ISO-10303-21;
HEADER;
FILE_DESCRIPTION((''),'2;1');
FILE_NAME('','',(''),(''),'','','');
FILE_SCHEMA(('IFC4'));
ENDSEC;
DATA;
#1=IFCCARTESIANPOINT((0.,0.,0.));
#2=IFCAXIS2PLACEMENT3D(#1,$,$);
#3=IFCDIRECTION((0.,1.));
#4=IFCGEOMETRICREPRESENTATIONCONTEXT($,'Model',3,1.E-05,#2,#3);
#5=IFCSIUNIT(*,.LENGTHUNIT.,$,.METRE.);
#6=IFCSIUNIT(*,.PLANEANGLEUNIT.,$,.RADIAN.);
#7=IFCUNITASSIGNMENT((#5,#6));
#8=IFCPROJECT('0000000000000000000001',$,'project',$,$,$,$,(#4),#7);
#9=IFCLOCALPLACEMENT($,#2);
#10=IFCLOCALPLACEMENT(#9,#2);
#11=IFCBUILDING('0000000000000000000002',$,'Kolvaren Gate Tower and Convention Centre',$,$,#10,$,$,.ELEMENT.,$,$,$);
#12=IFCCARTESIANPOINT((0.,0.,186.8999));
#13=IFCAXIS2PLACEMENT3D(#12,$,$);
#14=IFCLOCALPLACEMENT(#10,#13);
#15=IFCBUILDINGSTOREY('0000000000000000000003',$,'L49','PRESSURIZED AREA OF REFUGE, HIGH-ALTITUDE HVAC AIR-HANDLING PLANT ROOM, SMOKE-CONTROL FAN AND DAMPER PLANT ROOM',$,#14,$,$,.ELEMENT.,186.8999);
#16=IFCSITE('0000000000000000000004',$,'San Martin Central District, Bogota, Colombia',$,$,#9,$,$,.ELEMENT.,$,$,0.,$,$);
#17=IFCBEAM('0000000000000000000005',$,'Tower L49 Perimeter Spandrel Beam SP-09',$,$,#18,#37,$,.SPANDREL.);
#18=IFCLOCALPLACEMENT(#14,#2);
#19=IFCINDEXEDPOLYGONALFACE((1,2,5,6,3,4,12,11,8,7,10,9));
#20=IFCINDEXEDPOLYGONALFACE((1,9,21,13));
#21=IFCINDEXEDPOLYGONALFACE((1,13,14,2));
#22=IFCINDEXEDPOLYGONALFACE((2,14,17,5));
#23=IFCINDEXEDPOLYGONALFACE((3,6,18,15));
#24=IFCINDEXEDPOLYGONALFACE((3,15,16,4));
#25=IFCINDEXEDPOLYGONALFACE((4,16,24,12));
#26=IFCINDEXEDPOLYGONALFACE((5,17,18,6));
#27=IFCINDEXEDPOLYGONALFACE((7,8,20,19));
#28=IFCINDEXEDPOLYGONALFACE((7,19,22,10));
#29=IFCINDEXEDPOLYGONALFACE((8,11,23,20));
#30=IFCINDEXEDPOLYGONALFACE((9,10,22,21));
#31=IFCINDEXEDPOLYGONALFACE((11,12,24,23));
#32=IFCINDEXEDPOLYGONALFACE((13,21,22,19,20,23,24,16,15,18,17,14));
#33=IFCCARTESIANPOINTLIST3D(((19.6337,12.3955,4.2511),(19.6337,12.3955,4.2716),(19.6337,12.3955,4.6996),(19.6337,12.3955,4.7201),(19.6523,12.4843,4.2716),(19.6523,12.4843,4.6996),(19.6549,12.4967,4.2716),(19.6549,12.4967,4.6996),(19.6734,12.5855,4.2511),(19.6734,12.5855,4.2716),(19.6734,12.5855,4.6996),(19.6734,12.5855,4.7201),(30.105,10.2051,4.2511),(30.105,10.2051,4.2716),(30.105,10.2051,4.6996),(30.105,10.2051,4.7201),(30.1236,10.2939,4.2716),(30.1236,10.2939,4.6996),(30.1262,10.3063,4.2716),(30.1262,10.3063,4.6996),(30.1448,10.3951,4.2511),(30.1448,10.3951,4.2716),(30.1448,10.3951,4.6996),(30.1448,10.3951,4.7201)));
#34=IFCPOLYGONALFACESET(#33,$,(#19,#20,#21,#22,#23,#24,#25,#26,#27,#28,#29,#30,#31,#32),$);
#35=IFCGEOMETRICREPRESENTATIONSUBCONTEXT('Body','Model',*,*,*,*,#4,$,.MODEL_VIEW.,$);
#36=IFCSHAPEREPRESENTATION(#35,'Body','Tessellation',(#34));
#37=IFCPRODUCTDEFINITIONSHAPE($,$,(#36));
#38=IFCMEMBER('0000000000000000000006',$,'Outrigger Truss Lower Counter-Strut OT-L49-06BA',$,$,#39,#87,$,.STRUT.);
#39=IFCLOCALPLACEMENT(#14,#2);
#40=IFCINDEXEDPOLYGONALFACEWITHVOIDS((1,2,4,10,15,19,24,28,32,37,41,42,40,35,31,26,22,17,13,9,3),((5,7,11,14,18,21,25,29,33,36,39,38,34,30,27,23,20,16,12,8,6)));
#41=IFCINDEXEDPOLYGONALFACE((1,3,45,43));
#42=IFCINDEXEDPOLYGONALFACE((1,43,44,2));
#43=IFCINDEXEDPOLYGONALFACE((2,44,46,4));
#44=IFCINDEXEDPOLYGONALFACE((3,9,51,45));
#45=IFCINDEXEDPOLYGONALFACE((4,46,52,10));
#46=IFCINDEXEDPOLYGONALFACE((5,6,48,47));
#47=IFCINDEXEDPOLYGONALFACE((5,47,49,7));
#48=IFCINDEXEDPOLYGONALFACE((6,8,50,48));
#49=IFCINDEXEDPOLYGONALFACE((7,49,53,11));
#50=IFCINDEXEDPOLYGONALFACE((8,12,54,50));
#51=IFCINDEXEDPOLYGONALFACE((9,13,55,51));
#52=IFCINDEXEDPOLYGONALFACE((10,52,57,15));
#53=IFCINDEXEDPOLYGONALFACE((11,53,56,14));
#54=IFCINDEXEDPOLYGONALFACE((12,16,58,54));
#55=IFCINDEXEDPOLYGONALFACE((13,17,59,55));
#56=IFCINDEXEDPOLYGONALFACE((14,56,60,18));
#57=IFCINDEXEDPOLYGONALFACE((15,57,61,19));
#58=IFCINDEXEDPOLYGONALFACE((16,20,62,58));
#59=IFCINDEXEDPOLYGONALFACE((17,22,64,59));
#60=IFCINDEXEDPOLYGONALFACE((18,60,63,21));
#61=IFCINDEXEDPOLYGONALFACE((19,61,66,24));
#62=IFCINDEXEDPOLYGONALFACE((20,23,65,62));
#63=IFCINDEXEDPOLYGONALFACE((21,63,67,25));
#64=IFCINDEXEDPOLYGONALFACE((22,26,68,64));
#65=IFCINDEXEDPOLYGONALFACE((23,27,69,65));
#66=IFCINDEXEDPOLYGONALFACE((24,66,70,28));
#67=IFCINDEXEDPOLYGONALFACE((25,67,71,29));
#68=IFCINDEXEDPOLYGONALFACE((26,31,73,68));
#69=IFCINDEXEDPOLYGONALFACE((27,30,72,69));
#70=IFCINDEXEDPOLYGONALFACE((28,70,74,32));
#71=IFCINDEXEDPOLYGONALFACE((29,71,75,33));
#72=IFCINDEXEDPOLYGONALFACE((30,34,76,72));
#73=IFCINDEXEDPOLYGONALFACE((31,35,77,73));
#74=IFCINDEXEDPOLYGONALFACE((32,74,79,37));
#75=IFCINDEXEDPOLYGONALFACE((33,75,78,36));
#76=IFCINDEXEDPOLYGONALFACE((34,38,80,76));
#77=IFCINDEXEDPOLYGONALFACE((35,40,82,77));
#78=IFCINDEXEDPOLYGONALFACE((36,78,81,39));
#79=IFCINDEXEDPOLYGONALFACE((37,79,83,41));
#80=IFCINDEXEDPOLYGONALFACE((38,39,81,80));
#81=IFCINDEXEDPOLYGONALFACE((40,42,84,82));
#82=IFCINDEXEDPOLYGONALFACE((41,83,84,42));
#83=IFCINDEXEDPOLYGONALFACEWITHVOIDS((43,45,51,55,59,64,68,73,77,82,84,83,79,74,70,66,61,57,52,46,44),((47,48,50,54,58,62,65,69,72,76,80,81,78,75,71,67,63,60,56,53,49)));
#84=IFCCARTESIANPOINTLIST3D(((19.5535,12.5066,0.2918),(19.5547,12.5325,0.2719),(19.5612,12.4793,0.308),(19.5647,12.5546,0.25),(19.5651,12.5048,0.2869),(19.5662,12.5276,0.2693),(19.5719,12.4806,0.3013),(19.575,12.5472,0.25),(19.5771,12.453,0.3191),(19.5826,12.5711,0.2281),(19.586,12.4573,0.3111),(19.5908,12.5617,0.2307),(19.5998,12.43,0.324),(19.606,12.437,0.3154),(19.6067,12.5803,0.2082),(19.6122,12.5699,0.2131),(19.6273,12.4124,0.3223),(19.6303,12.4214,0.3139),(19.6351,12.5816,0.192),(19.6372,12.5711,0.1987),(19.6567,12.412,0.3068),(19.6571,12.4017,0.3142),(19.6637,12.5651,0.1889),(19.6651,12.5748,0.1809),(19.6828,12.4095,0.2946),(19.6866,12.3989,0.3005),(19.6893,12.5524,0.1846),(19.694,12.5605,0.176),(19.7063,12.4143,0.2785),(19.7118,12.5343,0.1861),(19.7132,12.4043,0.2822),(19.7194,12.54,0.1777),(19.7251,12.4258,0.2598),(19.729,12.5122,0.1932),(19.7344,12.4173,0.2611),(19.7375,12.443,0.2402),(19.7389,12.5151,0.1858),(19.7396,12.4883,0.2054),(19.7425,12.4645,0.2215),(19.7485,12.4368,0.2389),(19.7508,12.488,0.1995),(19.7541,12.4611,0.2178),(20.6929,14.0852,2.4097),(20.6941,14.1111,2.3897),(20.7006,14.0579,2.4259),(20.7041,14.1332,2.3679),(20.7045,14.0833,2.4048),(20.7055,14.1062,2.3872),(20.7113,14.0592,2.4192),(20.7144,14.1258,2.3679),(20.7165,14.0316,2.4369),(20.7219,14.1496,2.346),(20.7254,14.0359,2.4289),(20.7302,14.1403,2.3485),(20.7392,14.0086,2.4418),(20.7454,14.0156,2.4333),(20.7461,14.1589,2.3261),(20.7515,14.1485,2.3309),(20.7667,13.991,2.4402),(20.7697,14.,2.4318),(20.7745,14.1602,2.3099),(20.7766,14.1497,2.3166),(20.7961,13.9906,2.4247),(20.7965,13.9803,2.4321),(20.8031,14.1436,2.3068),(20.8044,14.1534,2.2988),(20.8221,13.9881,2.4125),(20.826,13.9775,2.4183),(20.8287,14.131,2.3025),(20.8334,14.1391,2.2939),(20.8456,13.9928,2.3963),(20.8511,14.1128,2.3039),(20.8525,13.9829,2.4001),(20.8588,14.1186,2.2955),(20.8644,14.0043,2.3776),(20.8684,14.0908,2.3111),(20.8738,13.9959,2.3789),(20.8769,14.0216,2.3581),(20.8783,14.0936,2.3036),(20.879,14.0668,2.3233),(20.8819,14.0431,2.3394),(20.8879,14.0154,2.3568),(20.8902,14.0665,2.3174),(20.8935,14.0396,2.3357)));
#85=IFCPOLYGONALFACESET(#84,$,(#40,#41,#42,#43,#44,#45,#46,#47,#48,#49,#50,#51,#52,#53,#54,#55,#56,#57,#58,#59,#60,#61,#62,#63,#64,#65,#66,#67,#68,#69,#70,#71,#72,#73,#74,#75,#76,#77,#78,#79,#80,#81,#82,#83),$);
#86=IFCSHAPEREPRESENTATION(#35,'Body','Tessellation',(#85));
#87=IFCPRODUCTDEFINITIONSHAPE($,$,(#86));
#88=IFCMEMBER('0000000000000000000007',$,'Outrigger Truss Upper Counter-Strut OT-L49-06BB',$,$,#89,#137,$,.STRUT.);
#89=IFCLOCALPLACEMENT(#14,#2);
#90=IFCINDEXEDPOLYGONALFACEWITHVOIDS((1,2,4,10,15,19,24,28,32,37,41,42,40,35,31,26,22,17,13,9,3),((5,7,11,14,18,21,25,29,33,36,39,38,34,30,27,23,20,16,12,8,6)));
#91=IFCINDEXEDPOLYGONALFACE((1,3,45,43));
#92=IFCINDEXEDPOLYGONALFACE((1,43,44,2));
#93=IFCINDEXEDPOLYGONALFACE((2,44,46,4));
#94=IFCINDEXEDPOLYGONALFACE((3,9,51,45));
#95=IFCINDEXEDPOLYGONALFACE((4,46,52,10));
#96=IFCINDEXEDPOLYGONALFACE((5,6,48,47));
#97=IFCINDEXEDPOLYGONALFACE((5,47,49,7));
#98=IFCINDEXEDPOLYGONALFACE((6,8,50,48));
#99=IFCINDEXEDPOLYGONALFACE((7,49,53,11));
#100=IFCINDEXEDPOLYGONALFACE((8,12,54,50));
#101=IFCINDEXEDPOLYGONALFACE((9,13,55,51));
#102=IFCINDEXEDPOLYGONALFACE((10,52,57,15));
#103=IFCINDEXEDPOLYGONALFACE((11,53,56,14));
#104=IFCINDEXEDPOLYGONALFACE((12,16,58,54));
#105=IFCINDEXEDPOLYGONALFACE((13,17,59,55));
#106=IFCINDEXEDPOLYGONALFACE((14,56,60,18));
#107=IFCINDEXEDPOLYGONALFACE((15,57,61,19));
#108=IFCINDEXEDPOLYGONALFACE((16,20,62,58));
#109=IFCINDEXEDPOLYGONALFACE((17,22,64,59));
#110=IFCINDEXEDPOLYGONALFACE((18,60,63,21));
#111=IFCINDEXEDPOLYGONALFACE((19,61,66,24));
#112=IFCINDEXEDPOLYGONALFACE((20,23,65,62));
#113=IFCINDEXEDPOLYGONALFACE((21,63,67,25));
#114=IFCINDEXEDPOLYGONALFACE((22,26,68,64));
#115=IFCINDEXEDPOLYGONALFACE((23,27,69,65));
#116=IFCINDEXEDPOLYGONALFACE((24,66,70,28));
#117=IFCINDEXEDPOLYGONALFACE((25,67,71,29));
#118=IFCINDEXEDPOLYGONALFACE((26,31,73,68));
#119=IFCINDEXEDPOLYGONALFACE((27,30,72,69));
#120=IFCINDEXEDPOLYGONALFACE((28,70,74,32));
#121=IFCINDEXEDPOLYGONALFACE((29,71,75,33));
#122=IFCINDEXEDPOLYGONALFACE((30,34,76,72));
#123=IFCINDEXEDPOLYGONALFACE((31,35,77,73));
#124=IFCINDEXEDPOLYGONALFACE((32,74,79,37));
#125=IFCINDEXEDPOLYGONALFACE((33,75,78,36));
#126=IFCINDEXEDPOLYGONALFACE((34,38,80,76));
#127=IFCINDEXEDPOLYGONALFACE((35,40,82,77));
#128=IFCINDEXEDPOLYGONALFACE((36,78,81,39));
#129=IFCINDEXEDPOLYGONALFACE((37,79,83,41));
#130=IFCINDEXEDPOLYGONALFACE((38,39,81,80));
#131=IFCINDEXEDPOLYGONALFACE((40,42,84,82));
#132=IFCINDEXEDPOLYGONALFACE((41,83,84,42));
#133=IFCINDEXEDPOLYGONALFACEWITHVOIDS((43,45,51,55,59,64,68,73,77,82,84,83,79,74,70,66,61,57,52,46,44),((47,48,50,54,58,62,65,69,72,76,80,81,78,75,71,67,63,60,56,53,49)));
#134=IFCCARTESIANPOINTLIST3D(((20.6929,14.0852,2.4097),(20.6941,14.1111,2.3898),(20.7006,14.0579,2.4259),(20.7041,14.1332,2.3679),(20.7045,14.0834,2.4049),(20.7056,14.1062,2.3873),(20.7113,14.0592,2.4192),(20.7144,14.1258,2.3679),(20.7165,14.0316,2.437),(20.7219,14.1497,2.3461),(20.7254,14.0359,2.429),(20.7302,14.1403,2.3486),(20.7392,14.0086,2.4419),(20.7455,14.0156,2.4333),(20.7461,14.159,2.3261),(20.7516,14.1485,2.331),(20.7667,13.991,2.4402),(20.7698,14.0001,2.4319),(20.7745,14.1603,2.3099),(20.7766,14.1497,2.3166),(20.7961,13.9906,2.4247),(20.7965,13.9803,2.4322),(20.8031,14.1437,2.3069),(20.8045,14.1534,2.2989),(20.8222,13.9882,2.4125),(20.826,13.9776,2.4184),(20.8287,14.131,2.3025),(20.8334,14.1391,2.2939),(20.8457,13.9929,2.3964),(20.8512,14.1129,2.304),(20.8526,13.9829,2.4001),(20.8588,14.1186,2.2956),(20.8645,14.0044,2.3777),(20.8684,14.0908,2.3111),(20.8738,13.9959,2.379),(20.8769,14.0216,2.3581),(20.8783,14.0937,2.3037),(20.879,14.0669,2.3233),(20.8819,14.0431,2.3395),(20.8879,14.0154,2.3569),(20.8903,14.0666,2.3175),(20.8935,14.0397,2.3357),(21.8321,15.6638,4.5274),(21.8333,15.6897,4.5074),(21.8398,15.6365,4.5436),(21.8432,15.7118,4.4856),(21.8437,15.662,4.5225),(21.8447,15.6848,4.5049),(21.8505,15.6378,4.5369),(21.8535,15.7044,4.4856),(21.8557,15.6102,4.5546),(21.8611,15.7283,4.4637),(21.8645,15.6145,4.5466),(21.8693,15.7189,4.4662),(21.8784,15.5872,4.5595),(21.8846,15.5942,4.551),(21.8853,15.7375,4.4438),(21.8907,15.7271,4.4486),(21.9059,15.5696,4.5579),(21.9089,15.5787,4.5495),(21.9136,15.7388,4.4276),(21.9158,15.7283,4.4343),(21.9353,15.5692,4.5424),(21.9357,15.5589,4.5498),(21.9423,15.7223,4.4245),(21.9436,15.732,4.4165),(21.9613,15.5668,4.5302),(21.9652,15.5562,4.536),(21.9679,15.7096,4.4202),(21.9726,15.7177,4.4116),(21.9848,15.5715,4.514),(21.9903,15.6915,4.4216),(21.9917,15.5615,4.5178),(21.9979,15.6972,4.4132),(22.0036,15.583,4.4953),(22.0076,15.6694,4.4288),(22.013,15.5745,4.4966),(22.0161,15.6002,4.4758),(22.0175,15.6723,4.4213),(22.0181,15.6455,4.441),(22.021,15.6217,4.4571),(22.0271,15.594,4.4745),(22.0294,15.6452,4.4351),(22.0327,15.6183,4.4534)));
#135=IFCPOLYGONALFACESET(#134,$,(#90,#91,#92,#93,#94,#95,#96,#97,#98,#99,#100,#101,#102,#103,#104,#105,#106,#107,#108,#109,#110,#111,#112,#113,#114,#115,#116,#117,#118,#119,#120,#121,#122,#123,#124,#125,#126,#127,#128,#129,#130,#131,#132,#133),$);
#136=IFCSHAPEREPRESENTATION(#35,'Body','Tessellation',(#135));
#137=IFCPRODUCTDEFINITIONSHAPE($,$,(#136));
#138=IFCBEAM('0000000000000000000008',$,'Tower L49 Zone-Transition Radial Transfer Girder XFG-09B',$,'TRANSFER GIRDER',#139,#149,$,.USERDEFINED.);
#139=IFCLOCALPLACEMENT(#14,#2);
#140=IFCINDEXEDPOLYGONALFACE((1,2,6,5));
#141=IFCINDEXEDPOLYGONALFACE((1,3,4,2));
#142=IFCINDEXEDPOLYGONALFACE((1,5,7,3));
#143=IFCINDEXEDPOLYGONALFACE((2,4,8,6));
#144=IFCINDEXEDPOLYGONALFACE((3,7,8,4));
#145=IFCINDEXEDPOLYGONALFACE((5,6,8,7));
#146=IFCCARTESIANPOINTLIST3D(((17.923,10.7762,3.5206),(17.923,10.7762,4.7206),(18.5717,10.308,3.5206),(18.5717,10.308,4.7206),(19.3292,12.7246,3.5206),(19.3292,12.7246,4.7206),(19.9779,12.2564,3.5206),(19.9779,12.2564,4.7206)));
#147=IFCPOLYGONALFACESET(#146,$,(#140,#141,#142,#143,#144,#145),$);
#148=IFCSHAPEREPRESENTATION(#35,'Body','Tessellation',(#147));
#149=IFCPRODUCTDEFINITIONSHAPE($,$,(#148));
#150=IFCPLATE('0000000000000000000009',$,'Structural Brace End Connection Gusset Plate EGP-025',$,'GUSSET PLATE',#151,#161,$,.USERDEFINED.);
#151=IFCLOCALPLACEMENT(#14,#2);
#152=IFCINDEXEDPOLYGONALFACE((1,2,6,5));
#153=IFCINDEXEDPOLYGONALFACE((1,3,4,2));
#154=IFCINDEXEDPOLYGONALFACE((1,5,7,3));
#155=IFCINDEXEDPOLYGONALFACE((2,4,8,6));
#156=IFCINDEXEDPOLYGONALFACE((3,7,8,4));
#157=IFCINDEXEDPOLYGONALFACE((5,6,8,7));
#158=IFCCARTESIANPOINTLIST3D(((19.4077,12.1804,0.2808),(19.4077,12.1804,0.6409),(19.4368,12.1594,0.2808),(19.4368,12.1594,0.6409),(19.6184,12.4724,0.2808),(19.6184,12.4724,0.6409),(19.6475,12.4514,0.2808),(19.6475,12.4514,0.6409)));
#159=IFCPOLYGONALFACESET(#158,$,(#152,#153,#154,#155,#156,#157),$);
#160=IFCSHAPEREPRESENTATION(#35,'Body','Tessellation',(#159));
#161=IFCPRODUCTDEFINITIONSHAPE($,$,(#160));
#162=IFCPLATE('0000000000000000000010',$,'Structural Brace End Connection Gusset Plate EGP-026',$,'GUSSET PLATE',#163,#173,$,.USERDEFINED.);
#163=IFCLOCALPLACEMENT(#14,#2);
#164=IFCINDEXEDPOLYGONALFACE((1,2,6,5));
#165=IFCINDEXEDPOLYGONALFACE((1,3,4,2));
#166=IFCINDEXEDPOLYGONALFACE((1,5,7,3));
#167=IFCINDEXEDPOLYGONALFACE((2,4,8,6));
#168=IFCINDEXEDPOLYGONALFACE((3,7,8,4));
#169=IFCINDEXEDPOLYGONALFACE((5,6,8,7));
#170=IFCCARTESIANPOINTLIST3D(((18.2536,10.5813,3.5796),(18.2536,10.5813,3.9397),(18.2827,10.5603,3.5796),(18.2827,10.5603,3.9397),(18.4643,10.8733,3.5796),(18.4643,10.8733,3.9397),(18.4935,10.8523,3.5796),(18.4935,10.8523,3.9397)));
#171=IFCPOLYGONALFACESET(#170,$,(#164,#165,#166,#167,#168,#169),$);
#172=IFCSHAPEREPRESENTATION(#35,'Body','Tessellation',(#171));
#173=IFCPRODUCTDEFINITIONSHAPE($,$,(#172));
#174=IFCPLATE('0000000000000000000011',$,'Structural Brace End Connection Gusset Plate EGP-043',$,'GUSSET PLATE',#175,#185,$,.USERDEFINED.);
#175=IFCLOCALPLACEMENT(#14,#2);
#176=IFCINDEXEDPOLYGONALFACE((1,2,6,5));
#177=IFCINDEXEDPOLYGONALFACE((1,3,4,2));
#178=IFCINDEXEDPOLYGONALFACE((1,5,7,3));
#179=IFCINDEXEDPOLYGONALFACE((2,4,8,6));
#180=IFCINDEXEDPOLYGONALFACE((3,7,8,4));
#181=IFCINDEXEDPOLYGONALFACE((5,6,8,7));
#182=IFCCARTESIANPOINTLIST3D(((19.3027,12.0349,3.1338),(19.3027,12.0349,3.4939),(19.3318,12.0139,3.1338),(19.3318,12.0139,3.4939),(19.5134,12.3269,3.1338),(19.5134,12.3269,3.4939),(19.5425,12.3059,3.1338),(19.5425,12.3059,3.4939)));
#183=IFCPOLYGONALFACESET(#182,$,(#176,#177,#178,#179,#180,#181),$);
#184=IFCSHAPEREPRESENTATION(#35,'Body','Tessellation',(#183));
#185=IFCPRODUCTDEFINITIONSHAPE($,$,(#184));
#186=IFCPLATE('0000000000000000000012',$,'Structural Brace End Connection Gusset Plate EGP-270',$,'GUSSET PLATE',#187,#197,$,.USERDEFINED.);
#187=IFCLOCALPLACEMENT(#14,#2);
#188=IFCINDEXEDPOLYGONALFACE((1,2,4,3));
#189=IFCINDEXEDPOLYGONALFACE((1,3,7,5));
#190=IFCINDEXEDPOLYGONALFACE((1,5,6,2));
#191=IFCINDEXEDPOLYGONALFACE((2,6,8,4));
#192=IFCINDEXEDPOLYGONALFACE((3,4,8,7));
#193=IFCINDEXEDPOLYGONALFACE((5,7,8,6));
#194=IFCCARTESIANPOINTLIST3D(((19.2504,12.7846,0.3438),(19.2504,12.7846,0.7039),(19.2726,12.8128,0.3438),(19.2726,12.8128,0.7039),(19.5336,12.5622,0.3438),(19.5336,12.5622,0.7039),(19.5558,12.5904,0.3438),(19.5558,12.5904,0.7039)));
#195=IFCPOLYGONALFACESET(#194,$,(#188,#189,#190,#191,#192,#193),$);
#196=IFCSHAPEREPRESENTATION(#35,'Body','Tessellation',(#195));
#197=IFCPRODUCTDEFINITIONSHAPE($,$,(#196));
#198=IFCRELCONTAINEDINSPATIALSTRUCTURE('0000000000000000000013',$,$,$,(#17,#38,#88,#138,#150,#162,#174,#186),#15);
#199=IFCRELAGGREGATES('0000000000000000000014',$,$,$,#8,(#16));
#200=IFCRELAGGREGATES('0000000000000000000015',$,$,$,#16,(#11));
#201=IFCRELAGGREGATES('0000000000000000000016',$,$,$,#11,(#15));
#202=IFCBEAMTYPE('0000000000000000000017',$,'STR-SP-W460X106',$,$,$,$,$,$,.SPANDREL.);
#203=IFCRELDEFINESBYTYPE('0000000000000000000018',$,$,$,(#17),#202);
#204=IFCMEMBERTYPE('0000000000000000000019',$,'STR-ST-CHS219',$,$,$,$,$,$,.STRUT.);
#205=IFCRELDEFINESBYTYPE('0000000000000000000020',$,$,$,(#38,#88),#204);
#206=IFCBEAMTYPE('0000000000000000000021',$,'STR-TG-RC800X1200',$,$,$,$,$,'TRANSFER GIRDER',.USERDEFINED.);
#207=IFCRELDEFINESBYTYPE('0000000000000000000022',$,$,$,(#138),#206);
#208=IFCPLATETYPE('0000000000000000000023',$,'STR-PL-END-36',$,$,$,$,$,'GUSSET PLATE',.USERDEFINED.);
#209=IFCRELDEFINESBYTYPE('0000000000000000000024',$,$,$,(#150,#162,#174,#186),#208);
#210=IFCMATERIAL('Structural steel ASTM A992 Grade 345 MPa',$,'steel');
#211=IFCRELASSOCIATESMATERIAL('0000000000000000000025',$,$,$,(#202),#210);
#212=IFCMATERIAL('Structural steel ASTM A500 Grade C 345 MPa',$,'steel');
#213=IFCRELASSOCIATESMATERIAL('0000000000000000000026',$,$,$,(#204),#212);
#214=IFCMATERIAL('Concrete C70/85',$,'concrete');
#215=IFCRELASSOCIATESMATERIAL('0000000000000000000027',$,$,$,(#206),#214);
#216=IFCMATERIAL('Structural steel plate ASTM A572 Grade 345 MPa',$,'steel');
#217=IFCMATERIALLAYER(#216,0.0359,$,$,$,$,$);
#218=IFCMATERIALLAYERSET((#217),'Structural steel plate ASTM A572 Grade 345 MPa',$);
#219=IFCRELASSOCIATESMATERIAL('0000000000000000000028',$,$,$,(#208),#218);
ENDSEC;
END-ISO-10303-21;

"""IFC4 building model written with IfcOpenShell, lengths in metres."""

from ifc_helpers import new_model, si_unit, direction, frame, origin, origin_2d, place, context, subcontext, project, spatial, rectangle, hollow_circle, i_section, extrude, material, layer, layer_set, material_profile, profile_set, type_object, element, save


model = new_model("IFC4")

# Units and contexts
model_context = context("Model", 3, precision=1e-05, world=origin(), true_north=direction((0.0, 1.0)))
body_context = subcontext(model_context, "Body", "Model", "MODEL_VIEW")
ifc_project = project(units=[si_unit("LENGTHUNIT", "METRE"), si_unit("PLANEANGLEUNIT", "RADIAN")], contexts=[model_context])

# Site, building, storey
site_placement = place(None, origin())
site = spatial("IfcSite", under=ifc_project, at=site_placement, Name="San Martin Central District, Bogota, Colombia", CompositionType="ELEMENT", RefElevation=0.0)
building_placement = place(site_placement, origin())
building = spatial("IfcBuilding", under=site, at=building_placement, Name="Kolvaren Gate Tower and Convention Centre", CompositionType="ELEMENT")
storey_placement = place(building_placement, frame((0.0, 0.0, 186.8999)))
storey = spatial("IfcBuildingStorey", under=building, at=storey_placement, Name="L49", Description="PRESSURIZED AREA OF REFUGE, HIGH-ALTITUDE HVAC AIR-HANDLING PLANT ROOM, SMOKE-CONTROL FAN AND DAMPER PLANT ROOM", CompositionType="ELEMENT", Elevation=186.8999)

# Shared definitions
ifc_material_1 = material(Name="Structural steel ASTM A992 Grade 345 MPa", Category="steel")

# Shared definitions
ifc_material_2 = material(Name="Structural steel ASTM A500 Grade C 345 MPa", Category="steel")

# Beam
ifc_material_profile_1 = material_profile(ifc_material_1, i_section(OverallWidth=0.1941, OverallDepth=0.469, WebThickness=0.0127, FlangeThickness=0.0205, at=origin_2d()), Name="W460X106")
ifc_profile_set_1 = profile_set([ifc_material_profile_1], Name="Structural steel ASTM A992 Grade 345 MPa")
beam_type_1 = type_object("IfcBeamType", Name="STR-SP-W460X106", PredefinedType="SPANDREL", material=ifc_profile_set_1)
beam_1_placement = place(storey_placement, frame((19.6536, 12.4905, 4.4856), z_axis=(0.978814, -0.20475, 0.0), x_axis=(0.20475, 0.978814, 0.0)))
element("IfcBeam", 1, at=beam_1_placement, inside=storey, type_object=beam_type_1, Name="Tower L49 Perimeter Spandrel Beam SP-09", PredefinedType="SPANDREL", context=body_context, shape_type="SweptSolid", body=[
    extrude(i_section(OverallWidth=0.1941, OverallDepth=0.469, WebThickness=0.0127, FlangeThickness=0.0205, at=origin_2d()), origin(), (0.0, 0.0, 1.0), 10.698),
])

# Members
ifc_material_profile_2 = material_profile(ifc_material_2, hollow_circle(Radius=0.1096, WallThickness=0.0127, at=origin_2d()), Name="CHS219X12.7")
ifc_profile_set_2 = profile_set([ifc_material_profile_2], Name="Structural steel ASTM A500 Grade C 345 MPa")
member_type_1 = type_object("IfcMemberType", Name="STR-ST-CHS219", PredefinedType="STRUT", material=ifc_profile_set_2)
member_1_placement = place(storey_placement, frame((19.6536, 12.4905, 0.25), z_axis=(0.39607, 0.548744, 0.736213), x_axis=(-0.810851, 0.585252, 0.0)))
element("IfcMember", 2, at=member_1_placement, inside=storey, type_object=member_type_1, Name="Outrigger Truss Lower Counter-Strut OT-L49-06BA", PredefinedType="STRUT", context=body_context, shape_type="SweptSolid", body=[
    extrude(hollow_circle(Radius=0.1096, WallThickness=0.0127, at=origin_2d()), origin(), (0.0, 0.0, 1.0), 2.8767),
])
member_2_placement = place(storey_placement, frame((20.793, 14.0691, 2.3679), z_axis=(0.396023, 0.548796, 0.736199), x_axis=(-0.810911, 0.58517, 0.0)))
element("IfcMember", 3, at=member_2_placement, inside=storey, type_object=member_type_1, Name="Outrigger Truss Upper Counter-Strut OT-L49-06BB", PredefinedType="STRUT", context=body_context, shape_type="SweptSolid", body=[
    extrude(hollow_circle(Radius=0.1096, WallThickness=0.0127, at=origin_2d()), origin(), (0.0, 0.0, 1.0), 2.8765),
])

# Beam
ifc_material_3 = material(Name="Concrete C70/85", Category="concrete")
ifc_material_profile_3 = material_profile(ifc_material_3, rectangle(XDim=0.8, YDim=1.2, at=origin_2d()), Name="RC-BM-800X1200")
ifc_profile_set_3 = profile_set([ifc_material_profile_3], Name="Concrete C70/85")
beam_type_2 = type_object("IfcBeamType", Name="STR-TG-RC800X1200", ElementType="TRANSFER GIRDER", PredefinedType="USERDEFINED", material=ifc_profile_set_3)
beam_2_placement = place(storey_placement, frame((19.6536, 12.4905, 4.1206), z_axis=(-0.58522, -0.810875, 0.0), x_axis=(0.810875, -0.58522, 0.0)))
element("IfcBeam", 4, at=beam_2_placement, inside=storey, type_object=beam_type_2, Name="Tower L49 Zone-Transition Radial Transfer Girder XFG-09B", ObjectType="TRANSFER GIRDER", PredefinedType="USERDEFINED", context=body_context, shape_type="SweptSolid", body=[
    extrude(rectangle(XDim=0.8, YDim=1.2, at=origin_2d()), origin(), (0.0, 0.0, 1.0), 2.4028),
])

# Plates
ifc_material_4 = material(Name="Structural steel plate ASTM A572 Grade 345 MPa", Category="steel")
ifc_layer_1 = layer(ifc_material_4, 0.0359)
ifc_layer_set_1 = layer_set([ifc_layer_1], Name="Structural steel plate ASTM A572 Grade 345 MPa")
plate_type_1 = type_object("IfcPlateType", Name="STR-PL-END-36", ElementType="GUSSET PLATE", PredefinedType="USERDEFINED", material=ifc_layer_set_1)
for number, where, z_axis, x_axis, name in (
    (5, (19.5276, 12.3159, 0.2808), (0.0, 0.0, 1.0), (-0.585184, -0.8109, 0.0), "Structural Brace End Connection Gusset Plate EGP-025"),
    (6, (18.3735, 10.7168, 3.5796), (0.0, 0.0, 1.0), (-0.585184, -0.8109, 0.0), "Structural Brace End Connection Gusset Plate EGP-026"),
    (7, (19.4226, 12.1704, 3.1338), (0.0, 0.0, 1.0), (-0.585188, -0.810897, 0.0), "Structural Brace End Connection Gusset Plate EGP-043"),
    (8, (19.4031, 12.6875, 0.3438), (0.0, 0.0, 1.0), (-0.786445, 0.617661, 0.0), "Structural Brace End Connection Gusset Plate EGP-270"),
):
    element("IfcPlate", number, at=place(storey_placement, frame(where, z_axis=z_axis, x_axis=x_axis)), inside=storey, type_object=plate_type_1, Name=name, ObjectType="GUSSET PLATE", PredefinedType="USERDEFINED", context=body_context, shape_type="SweptSolid", body=[
        extrude(rectangle(XDim=0.3601, YDim=0.0359, at=origin_2d()), origin(), (0.0, 0.0, 1.0), 0.3601),
    ])

save(model, "model.ifc")
